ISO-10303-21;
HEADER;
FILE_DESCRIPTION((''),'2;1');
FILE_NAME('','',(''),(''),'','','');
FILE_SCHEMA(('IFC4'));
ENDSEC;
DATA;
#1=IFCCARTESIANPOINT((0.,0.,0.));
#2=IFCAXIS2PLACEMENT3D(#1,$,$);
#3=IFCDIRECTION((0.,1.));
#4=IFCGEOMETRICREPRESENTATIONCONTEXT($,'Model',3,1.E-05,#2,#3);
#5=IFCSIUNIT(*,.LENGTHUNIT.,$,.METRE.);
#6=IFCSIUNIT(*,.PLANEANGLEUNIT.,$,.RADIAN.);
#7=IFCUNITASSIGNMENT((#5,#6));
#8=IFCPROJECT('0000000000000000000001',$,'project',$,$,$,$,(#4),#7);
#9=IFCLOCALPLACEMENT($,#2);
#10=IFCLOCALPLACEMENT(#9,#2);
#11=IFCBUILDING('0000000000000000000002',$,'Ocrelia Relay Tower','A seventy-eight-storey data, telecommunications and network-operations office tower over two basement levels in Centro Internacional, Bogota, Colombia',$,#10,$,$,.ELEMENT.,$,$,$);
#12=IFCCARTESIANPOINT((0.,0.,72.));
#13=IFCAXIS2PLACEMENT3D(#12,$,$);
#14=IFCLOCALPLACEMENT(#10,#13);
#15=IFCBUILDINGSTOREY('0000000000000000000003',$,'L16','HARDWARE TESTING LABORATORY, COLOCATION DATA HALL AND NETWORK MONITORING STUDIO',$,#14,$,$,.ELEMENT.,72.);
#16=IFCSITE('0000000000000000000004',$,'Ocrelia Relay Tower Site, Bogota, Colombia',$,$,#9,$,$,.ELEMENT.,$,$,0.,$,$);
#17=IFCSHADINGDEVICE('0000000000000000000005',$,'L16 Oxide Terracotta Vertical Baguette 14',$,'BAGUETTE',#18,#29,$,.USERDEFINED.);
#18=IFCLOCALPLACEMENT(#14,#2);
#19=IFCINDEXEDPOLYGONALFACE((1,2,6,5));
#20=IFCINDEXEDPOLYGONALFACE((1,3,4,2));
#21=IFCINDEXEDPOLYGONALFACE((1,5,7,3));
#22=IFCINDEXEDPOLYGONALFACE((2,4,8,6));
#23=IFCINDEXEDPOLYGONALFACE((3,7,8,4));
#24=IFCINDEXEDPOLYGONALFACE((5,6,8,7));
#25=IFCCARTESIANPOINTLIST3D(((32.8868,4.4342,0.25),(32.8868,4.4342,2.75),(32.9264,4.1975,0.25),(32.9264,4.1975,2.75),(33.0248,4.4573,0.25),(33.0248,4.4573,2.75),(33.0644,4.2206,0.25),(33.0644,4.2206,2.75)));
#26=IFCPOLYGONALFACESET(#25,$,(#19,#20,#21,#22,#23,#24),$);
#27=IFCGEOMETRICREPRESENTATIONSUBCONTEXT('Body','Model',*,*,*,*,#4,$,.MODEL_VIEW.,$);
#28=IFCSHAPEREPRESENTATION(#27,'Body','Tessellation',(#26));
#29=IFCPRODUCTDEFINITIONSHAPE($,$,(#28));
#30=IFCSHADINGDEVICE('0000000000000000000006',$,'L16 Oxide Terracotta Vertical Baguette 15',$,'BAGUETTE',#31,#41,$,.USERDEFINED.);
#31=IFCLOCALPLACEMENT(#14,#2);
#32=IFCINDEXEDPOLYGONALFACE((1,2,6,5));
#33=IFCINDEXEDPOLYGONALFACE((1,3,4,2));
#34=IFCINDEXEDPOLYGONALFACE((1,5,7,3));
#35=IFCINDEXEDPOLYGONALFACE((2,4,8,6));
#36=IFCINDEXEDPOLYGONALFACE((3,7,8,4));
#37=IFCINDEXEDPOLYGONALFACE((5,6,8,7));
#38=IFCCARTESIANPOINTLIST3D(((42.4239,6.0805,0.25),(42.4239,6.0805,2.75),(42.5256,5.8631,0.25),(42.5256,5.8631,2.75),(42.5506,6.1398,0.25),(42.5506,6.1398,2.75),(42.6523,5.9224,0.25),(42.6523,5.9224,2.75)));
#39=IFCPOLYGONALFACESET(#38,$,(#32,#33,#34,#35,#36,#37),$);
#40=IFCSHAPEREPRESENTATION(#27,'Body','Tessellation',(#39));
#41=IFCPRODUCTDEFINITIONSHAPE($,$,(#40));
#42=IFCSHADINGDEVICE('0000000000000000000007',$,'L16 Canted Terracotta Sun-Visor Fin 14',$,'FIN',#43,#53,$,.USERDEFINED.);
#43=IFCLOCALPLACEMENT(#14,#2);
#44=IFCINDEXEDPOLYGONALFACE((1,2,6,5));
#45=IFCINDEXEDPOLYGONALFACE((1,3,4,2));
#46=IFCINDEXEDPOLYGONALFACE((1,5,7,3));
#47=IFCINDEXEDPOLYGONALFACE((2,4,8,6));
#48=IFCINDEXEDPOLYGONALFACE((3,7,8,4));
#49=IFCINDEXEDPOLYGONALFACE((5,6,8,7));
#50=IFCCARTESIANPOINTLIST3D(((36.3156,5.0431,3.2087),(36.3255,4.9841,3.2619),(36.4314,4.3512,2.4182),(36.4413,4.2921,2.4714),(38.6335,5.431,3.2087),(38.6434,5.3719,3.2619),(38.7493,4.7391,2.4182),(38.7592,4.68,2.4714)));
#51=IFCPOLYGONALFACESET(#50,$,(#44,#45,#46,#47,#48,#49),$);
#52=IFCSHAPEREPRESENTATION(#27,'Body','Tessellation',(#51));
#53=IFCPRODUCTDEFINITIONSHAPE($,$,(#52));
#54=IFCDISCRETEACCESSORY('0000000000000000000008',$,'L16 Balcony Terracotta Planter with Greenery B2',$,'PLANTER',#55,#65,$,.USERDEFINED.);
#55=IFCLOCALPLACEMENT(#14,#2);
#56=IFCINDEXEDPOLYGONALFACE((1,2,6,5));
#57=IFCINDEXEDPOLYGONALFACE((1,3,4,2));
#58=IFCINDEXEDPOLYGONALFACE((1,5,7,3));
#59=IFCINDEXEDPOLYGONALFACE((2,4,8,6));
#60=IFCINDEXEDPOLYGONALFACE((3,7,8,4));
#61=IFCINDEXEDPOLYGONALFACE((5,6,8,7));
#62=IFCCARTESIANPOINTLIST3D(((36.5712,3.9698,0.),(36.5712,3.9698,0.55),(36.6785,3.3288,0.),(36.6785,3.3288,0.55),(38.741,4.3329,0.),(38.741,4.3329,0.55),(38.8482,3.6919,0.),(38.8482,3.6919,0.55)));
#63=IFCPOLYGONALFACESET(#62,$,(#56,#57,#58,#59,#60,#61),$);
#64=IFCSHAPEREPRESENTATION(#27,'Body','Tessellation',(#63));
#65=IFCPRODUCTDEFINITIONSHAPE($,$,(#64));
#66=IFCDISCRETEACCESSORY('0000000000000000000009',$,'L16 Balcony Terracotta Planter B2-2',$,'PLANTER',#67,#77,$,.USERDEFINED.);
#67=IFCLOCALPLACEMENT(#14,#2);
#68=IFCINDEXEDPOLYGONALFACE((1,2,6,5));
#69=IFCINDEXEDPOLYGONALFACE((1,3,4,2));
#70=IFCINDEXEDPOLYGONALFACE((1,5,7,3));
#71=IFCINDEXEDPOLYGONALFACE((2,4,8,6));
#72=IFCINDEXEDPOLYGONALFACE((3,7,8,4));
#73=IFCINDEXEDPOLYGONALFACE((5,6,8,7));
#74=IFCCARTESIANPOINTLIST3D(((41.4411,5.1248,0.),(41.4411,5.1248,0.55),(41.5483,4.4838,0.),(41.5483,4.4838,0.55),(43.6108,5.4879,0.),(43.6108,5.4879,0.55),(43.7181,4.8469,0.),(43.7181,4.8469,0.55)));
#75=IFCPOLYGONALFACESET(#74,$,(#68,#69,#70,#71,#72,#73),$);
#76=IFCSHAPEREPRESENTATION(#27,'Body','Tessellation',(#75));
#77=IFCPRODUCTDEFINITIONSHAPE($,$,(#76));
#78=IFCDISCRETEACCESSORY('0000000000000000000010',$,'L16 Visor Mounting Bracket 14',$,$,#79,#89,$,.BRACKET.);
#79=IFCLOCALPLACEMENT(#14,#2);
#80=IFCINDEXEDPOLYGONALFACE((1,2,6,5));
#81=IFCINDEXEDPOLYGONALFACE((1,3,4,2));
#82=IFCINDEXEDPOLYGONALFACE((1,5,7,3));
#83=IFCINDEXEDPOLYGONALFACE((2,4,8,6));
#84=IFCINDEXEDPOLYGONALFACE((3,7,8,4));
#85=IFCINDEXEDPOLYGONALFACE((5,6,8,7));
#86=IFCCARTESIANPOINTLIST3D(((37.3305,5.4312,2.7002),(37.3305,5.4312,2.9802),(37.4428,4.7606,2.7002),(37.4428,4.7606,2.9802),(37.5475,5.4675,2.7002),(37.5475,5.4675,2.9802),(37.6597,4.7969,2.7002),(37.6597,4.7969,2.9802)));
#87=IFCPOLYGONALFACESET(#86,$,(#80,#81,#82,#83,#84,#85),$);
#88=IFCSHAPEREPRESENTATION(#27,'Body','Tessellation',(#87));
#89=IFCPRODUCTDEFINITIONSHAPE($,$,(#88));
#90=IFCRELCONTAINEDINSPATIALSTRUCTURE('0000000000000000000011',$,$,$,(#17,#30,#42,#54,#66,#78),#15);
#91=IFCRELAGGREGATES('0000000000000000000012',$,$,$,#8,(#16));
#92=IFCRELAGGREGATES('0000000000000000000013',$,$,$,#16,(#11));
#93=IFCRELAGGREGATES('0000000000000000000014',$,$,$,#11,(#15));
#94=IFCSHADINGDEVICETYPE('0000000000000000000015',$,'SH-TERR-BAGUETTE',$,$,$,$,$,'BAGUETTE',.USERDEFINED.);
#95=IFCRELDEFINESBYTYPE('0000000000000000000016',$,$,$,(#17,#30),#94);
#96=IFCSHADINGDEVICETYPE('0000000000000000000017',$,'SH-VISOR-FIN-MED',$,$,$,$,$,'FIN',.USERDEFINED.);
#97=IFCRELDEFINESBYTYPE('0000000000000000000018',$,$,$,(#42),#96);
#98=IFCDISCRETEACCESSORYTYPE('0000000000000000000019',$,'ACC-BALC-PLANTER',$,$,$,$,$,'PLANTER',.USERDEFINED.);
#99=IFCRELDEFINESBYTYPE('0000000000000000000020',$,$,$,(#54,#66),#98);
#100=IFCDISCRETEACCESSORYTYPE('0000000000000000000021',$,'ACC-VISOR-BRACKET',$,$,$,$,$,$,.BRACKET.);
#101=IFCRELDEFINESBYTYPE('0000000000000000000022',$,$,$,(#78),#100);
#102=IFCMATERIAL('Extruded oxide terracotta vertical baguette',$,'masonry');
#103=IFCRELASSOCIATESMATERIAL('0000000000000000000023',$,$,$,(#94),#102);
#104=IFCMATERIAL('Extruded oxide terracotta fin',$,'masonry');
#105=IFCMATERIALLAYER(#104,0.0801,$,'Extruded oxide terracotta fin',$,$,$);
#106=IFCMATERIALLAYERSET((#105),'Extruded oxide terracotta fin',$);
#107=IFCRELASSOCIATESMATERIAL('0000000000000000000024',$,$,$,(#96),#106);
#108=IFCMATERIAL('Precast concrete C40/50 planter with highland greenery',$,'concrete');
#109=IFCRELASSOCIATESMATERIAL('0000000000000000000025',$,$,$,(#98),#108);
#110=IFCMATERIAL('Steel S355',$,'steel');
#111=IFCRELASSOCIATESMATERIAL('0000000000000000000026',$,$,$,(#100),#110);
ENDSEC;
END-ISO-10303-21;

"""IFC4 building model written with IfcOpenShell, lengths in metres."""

from ifc_helpers import new_model, si_unit, direction, frame, origin, origin_2d, place, context, subcontext, project, spatial, rectangle, extrude, material, layer, layer_set, type_object, element, save


model = new_model("IFC4")

# Units and contexts
model_context = context("Model", 3, precision=1e-05, world=origin(), true_north=direction((0.0, 1.0)))
body_context = subcontext(model_context, "Body", "Model", "MODEL_VIEW")
ifc_project = project(units=[si_unit("LENGTHUNIT", "METRE"), si_unit("PLANEANGLEUNIT", "RADIAN")], contexts=[model_context])

# Site, building, storey
site_placement = place(None, origin())
site = spatial("IfcSite", under=ifc_project, at=site_placement, Name="Ocrelia Relay Tower Site, Bogota, Colombia", CompositionType="ELEMENT", RefElevation=0.0)
building_placement = place(site_placement, origin())
building = spatial("IfcBuilding", under=site, at=building_placement, Name="Ocrelia Relay Tower", Description="A seventy-eight-storey data, telecommunications and network-operations office tower over two basement levels in Centro Internacional, Bogota, Colombia", CompositionType="ELEMENT")
storey_placement = place(building_placement, frame((0.0, 0.0, 72.0)))
storey = spatial("IfcBuildingStorey", under=building, at=storey_placement, Name="L16", Description="HARDWARE TESTING LABORATORY, COLOCATION DATA HALL AND NETWORK MONITORING STUDIO", CompositionType="ELEMENT", Elevation=72.0)

# Shared definitions
ifc_material_1 = material(Name="Steel S355", Category="steel")

# Shading devices
ifc_material_2 = material(Name="Extruded oxide terracotta vertical baguette", Category="masonry")
shading_device_type_1 = type_object("IfcShadingDeviceType", Name="SH-TERR-BAGUETTE", ElementType="BAGUETTE", PredefinedType="USERDEFINED", material=ifc_material_2)
for number, where, z_axis, x_axis, name in (
    (1, (32.9756, 4.3274, 0.25), (0.0, 0.0, 1.0), (0.986286, 0.165047, 0.0), "L16 Oxide Terracotta Vertical Baguette 14"),
    (2, (42.5381, 6.0015, 0.25), (0.0, 0.0, 1.0), (0.9057, 0.423919, 0.0), "L16 Oxide Terracotta Vertical Baguette 15"),
):
    element("IfcShadingDevice", number, at=place(storey_placement, frame(where, z_axis=z_axis, x_axis=x_axis)), inside=storey, type_object=shading_device_type_1, Name=name, ObjectType="BAGUETTE", PredefinedType="USERDEFINED", context=body_context, shape_type="SweptSolid", body=[
        extrude(rectangle(XDim=0.1399, YDim=0.24, at=origin_2d()), origin(), (0.0, 0.0, 1.0), 2.5),
    ])
ifc_material_3 = material(Name="Extruded oxide terracotta fin", Category="masonry")
ifc_layer_1 = layer(ifc_material_3, 0.0801, Name="Extruded oxide terracotta fin")
ifc_layer_set_1 = layer_set([ifc_layer_1], Name="Extruded oxide terracotta fin")
shading_device_type_2 = type_object("IfcShadingDeviceType", Name="SH-VISOR-FIN-MED", ElementType="FIN", PredefinedType="USERDEFINED", material=ifc_layer_set_1)
shading_device_placement = place(storey_placement, frame((37.5325, 4.8911, 2.8135), z_axis=(0.123441, -0.737657, 0.663796), x_axis=(0.986286, 0.165047, 0.0)))
element("IfcShadingDevice", 3, at=shading_device_placement, inside=storey, type_object=shading_device_type_2, Name="L16 Canted Terracotta Sun-Visor Fin 14", ObjectType="FIN", PredefinedType="USERDEFINED", context=body_context, shape_type="SweptSolid", body=[
    extrude(rectangle(XDim=2.3501, YDim=1.0569, at=origin_2d()), origin(), (0.0, 0.0, 1.0), 0.0801),
])

# Discrete accessories
ifc_material_4 = material(Name="Precast concrete C40/50 planter with highland greenery", Category="concrete")
discrete_accessory_type_1 = type_object("IfcDiscreteAccessoryType", Name="ACC-BALC-PLANTER", ElementType="PLANTER", PredefinedType="USERDEFINED", material=ifc_material_4)
for number, where, z_axis, x_axis, name in (
    (4, (37.7097, 3.8308, 0.0), (0.0, 0.0, 1.0), (-0.986286, -0.165046, 0.0), "L16 Balcony Terracotta Planter with Greenery B2"),
    (5, (42.5796, 4.9858, 0.0), (0.0, 0.0, 1.0), (-0.986286, -0.165046, 0.0), "L16 Balcony Terracotta Planter B2-2"),
):
    element("IfcDiscreteAccessory", number, at=place(storey_placement, frame(where, z_axis=z_axis, x_axis=x_axis)), inside=storey, type_object=discrete_accessory_type_1, Name=name, ObjectType="PLANTER", PredefinedType="USERDEFINED", context=body_context, shape_type="SweptSolid", body=[
        extrude(rectangle(XDim=2.2, YDim=0.6499, at=origin_2d()), origin(), (0.0, 0.0, 1.0), 0.55),
    ])
discrete_accessory_type_2 = type_object("IfcDiscreteAccessoryType", Name="ACC-VISOR-BRACKET", PredefinedType="BRACKET", material=ifc_material_1)
discrete_accessory_placement = place(storey_placement, frame((37.4951, 5.114, 2.7002), z_axis=(0.0, 0.0, 1.0), x_axis=(0.986286, 0.165047, 0.0)))
element("IfcDiscreteAccessory", 6, at=discrete_accessory_placement, inside=storey, type_object=discrete_accessory_type_2, Name="L16 Visor Mounting Bracket 14", PredefinedType="BRACKET", context=body_context, shape_type="SweptSolid", body=[
    extrude(rectangle(XDim=0.22, YDim=0.6799, at=origin_2d()), origin(), (0.0, 0.0, 1.0), 0.28),
])

save(model, "model.ifc")
